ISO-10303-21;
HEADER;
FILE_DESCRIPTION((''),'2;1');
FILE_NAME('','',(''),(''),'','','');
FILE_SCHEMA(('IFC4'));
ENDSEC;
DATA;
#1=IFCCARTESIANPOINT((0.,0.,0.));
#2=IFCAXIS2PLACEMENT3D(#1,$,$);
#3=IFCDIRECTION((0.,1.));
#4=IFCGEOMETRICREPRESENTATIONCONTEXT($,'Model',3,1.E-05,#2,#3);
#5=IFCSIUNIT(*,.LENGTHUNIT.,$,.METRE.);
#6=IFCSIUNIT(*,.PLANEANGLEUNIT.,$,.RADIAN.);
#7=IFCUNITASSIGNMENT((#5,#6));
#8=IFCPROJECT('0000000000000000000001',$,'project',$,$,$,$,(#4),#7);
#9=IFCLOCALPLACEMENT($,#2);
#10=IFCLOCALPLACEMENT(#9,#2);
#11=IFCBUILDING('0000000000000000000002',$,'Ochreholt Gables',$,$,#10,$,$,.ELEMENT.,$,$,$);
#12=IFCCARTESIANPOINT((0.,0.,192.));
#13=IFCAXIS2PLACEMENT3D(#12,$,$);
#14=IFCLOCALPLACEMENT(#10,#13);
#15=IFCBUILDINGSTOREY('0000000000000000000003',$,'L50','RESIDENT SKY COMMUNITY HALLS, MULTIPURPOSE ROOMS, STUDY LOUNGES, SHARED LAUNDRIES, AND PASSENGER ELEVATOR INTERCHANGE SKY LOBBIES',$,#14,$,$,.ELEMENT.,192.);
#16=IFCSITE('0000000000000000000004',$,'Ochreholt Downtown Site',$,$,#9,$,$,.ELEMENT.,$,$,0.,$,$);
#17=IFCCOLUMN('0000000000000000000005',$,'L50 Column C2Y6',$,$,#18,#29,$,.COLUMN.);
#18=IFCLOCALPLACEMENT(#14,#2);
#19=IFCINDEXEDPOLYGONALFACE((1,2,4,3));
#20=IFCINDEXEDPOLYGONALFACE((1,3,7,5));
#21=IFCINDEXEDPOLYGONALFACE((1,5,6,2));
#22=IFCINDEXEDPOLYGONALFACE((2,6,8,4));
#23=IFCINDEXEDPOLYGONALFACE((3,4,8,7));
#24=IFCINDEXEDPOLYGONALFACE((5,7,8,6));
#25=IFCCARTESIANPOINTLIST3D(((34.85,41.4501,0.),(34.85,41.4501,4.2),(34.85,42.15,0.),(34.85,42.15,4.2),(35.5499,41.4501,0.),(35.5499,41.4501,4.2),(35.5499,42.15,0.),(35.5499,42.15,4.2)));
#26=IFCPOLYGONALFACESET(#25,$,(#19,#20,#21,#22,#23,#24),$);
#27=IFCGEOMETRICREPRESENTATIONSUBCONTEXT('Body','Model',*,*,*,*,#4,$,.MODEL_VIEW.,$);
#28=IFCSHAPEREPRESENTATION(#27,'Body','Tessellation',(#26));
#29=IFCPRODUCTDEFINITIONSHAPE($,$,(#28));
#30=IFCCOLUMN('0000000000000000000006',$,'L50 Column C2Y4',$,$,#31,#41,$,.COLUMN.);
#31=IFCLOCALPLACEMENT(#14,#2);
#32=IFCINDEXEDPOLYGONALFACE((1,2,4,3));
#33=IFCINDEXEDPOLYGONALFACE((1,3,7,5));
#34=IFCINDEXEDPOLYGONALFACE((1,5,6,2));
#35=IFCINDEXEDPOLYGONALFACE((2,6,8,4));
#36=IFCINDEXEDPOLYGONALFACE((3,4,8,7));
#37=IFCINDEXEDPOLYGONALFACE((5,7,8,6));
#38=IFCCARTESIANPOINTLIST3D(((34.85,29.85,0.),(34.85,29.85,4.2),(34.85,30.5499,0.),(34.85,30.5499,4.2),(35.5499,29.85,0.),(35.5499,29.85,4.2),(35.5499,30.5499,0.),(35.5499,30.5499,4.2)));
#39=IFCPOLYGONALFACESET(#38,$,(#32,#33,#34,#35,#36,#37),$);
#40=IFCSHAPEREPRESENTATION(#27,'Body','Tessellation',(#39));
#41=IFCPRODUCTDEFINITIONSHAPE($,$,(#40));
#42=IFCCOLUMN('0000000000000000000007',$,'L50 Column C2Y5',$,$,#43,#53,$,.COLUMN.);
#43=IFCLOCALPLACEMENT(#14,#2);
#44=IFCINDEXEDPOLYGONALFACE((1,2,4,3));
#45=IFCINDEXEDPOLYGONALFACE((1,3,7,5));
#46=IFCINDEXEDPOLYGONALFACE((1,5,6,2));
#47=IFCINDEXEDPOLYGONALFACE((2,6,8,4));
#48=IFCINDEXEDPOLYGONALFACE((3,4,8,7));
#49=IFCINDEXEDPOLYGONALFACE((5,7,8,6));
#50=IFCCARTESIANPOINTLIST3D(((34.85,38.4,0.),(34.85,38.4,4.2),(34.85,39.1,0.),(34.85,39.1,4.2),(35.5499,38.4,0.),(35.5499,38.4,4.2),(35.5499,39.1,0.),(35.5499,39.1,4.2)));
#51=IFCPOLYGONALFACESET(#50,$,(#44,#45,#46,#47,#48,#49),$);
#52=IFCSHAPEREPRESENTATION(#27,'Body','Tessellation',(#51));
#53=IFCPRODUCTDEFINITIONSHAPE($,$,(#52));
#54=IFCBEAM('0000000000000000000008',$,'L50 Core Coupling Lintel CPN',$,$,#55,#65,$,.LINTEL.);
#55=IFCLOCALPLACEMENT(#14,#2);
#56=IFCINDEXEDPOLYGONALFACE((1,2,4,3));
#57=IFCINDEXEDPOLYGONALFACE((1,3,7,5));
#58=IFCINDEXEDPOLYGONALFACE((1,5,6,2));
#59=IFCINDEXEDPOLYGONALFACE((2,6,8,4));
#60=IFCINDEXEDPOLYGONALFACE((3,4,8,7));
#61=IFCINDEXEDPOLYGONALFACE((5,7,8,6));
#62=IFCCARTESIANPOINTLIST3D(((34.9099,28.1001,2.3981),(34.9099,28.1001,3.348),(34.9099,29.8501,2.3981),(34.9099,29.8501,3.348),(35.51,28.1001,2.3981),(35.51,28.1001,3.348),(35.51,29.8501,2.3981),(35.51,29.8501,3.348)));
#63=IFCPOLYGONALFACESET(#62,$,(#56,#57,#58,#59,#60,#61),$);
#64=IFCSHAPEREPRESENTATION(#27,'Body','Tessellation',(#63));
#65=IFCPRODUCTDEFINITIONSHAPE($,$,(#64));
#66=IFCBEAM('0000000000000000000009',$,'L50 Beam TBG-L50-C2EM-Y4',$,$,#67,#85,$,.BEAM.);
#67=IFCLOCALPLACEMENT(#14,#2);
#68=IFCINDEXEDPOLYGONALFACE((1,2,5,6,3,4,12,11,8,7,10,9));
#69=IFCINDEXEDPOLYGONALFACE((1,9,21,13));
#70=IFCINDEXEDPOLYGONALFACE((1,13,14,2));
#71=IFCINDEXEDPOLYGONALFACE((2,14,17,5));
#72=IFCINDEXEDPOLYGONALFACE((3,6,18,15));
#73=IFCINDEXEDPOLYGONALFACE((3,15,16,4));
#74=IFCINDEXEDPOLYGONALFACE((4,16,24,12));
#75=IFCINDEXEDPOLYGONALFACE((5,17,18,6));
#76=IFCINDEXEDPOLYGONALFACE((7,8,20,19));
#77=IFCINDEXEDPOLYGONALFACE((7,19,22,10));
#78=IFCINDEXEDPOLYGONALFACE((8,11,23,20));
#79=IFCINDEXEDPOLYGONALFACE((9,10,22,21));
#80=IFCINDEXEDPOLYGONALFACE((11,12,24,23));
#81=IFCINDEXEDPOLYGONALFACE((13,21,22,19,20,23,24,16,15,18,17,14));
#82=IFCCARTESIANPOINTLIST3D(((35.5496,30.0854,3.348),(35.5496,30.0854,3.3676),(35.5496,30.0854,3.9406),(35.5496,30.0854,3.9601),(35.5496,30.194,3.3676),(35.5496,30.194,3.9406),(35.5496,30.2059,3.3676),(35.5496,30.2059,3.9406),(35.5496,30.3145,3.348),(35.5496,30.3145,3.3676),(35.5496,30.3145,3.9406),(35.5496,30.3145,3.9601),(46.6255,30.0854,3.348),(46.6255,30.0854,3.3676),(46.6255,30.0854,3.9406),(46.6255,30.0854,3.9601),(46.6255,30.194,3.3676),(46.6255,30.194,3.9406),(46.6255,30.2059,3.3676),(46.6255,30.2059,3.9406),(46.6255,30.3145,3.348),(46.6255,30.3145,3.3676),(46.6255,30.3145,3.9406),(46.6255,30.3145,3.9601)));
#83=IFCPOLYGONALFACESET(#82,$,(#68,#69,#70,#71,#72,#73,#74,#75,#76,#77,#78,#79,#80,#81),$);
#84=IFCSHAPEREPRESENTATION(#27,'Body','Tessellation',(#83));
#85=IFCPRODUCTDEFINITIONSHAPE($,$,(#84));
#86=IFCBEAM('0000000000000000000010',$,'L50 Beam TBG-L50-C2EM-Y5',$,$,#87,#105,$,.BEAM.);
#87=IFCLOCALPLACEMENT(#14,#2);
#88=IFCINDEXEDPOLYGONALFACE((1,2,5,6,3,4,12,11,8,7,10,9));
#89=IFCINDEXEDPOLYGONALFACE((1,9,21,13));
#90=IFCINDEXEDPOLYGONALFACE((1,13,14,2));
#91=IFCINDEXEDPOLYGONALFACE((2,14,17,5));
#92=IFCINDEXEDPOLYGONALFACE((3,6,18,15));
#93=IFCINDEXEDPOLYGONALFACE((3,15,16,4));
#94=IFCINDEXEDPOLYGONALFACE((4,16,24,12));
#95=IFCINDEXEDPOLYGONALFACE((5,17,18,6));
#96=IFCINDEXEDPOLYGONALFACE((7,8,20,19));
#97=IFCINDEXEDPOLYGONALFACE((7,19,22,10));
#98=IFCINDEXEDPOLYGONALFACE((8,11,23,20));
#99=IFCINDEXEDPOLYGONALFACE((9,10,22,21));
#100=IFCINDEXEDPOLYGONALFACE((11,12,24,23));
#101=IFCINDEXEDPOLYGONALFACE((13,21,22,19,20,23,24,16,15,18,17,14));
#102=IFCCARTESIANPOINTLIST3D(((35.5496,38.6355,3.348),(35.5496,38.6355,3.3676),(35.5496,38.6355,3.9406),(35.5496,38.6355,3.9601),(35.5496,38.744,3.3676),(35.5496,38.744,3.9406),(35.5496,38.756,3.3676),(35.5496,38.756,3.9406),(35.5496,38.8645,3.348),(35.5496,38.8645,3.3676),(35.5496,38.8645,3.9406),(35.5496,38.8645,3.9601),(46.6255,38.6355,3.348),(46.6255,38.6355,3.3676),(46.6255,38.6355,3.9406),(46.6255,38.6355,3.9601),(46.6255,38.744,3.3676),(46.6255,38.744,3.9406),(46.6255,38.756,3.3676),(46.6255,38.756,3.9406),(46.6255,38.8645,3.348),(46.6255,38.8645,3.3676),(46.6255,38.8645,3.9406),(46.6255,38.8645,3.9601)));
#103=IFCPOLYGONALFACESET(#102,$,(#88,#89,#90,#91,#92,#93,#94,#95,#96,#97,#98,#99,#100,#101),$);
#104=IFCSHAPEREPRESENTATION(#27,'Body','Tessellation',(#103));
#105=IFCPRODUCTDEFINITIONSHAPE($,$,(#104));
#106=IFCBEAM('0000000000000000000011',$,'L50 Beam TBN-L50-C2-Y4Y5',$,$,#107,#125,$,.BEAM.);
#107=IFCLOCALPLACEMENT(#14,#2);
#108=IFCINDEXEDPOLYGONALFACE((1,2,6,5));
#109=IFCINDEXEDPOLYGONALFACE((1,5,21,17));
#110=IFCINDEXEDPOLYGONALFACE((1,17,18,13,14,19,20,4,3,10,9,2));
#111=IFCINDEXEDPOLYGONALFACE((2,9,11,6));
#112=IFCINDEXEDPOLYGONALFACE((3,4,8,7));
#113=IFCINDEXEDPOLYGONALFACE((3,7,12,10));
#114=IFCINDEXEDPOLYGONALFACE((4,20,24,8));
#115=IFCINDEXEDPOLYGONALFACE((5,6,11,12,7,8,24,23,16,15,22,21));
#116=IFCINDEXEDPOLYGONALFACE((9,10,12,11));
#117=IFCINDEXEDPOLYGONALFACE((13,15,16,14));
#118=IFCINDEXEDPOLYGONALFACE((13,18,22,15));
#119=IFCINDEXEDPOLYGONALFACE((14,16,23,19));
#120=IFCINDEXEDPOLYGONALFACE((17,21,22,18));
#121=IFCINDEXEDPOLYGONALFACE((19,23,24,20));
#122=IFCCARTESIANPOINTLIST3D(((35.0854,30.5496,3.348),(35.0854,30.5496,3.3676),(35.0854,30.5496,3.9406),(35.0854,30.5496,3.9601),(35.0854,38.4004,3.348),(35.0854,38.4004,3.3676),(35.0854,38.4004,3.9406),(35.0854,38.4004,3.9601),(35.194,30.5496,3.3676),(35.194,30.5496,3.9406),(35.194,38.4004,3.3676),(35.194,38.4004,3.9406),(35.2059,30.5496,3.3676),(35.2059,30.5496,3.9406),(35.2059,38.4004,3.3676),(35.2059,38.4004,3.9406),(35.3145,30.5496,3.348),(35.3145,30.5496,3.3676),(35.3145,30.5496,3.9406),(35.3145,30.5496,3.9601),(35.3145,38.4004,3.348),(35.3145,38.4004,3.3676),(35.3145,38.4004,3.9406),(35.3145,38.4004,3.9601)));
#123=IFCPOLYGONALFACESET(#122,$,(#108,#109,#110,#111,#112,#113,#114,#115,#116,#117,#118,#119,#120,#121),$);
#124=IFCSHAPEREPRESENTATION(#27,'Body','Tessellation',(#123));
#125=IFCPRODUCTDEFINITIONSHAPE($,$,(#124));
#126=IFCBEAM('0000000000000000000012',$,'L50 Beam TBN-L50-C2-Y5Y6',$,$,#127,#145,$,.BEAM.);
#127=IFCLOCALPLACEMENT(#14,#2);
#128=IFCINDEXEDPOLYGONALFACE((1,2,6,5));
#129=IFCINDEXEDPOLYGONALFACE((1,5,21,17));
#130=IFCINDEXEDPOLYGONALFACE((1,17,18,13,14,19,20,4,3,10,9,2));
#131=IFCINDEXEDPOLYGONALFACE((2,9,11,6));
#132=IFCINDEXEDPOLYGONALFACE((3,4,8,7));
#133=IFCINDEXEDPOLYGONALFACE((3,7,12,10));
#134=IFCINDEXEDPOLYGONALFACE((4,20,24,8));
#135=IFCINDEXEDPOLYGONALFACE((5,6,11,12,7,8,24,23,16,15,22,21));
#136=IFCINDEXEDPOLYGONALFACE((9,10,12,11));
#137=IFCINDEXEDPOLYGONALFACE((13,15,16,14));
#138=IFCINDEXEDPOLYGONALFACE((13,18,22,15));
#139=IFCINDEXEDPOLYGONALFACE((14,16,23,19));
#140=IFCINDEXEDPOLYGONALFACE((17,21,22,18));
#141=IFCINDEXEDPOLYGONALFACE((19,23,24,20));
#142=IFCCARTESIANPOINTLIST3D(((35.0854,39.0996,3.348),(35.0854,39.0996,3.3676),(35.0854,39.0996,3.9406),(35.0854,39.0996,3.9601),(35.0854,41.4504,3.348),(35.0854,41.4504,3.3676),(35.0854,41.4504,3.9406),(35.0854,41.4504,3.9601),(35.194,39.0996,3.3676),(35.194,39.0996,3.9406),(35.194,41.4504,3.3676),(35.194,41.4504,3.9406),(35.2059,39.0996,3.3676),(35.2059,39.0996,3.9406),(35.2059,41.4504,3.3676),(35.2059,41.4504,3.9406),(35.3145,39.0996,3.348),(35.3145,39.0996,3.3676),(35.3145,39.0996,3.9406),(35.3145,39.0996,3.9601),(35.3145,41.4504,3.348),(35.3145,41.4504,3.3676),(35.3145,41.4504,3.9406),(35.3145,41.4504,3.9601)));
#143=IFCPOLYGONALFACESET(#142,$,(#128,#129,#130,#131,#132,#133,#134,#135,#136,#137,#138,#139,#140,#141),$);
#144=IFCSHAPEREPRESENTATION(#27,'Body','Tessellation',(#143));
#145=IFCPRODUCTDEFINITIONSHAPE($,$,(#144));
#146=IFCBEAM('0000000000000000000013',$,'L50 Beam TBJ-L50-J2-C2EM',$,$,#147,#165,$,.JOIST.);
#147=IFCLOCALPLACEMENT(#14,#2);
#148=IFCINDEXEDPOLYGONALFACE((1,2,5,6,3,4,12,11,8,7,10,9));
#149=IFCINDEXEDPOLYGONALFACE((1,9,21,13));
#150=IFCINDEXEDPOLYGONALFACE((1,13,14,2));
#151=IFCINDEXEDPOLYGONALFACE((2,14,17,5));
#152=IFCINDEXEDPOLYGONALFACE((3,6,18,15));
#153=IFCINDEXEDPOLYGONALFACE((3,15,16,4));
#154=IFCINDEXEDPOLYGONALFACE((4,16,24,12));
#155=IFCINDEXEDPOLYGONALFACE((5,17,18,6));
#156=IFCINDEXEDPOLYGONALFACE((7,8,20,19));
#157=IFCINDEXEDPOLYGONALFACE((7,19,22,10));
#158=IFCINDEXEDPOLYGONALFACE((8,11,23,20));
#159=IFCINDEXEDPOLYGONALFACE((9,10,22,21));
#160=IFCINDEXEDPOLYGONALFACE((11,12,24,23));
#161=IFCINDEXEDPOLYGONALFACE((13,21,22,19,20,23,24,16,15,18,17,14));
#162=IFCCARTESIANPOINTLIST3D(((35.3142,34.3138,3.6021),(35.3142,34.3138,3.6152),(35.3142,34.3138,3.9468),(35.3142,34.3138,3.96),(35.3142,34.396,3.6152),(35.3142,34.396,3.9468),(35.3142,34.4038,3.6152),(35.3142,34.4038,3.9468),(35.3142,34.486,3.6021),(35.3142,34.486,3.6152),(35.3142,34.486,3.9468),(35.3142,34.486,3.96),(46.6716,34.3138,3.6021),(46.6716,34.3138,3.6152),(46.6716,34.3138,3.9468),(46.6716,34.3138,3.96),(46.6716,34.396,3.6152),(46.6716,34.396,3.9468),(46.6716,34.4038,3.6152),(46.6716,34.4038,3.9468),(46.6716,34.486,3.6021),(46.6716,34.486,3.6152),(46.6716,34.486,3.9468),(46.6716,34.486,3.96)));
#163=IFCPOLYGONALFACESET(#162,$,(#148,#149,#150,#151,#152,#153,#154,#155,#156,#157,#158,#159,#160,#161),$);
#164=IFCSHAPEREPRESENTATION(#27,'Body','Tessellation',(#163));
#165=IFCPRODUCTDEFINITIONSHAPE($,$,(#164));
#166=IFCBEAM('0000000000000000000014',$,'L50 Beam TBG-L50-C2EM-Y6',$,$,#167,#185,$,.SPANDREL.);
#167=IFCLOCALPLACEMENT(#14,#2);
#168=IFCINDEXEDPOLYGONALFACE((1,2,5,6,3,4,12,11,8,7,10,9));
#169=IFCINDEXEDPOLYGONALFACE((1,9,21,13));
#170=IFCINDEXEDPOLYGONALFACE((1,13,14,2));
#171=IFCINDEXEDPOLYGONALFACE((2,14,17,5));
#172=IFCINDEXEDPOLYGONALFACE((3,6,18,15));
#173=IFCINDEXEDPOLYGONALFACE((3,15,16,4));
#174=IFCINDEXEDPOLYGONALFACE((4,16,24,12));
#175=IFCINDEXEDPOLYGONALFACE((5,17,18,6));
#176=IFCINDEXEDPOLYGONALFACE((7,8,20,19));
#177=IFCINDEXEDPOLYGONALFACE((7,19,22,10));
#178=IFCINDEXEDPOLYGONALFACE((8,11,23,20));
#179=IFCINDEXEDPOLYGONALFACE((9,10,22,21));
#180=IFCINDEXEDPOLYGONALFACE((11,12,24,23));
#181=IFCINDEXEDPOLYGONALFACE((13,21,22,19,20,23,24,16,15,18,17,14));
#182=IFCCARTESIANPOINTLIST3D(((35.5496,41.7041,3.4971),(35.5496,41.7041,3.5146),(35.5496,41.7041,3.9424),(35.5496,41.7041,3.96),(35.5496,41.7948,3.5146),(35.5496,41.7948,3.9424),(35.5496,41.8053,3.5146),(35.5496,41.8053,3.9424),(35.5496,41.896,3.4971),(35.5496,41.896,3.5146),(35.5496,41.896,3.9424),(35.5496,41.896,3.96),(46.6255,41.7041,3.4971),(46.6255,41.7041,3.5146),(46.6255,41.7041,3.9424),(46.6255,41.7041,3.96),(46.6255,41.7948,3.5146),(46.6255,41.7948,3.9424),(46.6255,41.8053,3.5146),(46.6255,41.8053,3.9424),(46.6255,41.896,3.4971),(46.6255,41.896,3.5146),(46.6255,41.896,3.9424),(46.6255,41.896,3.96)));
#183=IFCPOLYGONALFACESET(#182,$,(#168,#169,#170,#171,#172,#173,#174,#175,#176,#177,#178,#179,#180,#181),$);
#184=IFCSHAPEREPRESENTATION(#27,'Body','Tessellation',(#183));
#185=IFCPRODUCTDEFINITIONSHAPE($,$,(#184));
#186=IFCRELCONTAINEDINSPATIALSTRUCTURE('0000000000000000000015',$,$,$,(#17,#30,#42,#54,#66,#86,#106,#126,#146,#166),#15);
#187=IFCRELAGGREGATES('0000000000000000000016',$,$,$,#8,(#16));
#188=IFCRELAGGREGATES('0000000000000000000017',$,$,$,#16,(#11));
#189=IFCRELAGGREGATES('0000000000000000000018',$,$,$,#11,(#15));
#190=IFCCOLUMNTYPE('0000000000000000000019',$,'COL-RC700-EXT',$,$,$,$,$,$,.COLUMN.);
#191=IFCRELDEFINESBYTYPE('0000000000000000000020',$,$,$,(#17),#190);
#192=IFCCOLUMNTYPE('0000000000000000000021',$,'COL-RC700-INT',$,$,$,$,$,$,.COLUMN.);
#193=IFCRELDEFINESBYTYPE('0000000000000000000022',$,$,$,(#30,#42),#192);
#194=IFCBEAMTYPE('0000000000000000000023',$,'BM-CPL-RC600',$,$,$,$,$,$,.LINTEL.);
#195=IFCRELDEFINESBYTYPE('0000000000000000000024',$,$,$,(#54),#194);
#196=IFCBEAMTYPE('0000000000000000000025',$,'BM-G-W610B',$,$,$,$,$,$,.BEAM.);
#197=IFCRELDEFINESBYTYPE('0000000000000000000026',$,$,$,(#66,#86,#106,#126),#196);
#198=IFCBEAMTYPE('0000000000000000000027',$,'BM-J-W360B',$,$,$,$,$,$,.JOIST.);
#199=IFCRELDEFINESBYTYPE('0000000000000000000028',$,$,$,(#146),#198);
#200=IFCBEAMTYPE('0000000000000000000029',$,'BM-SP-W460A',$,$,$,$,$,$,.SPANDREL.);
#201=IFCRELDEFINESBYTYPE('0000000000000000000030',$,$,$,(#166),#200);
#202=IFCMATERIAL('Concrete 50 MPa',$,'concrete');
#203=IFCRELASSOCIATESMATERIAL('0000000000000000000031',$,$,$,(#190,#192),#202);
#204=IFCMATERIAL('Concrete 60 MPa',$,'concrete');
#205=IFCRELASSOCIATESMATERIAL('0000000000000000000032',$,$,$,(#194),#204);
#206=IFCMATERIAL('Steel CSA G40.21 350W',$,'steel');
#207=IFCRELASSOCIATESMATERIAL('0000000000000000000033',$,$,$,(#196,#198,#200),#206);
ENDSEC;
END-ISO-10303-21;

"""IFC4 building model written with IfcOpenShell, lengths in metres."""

from ifc_helpers import new_model, si_unit, direction, frame, origin, origin_2d, place, context, subcontext, project, spatial, rectangle, i_section, extrude, material, material_profile, profile_set, type_object, element, save


model = new_model("IFC4")

# Units and contexts
model_context = context("Model", 3, precision=1e-05, world=origin(), true_north=direction((0.0, 1.0)))
body_context = subcontext(model_context, "Body", "Model", "MODEL_VIEW")
ifc_project = project(units=[si_unit("LENGTHUNIT", "METRE"), si_unit("PLANEANGLEUNIT", "RADIAN")], contexts=[model_context])

# Site, building, storey
site_placement = place(None, origin())
site = spatial("IfcSite", under=ifc_project, at=site_placement, Name="Ochreholt Downtown Site", CompositionType="ELEMENT", RefElevation=0.0)
building_placement = place(site_placement, origin())
building = spatial("IfcBuilding", under=site, at=building_placement, Name="Ochreholt Gables", CompositionType="ELEMENT")
storey_placement = place(building_placement, frame((0.0, 0.0, 192.0)))
storey = spatial("IfcBuildingStorey", under=building, at=storey_placement, Name="L50", Description="RESIDENT SKY COMMUNITY HALLS, MULTIPURPOSE ROOMS, STUDY LOUNGES, SHARED LAUNDRIES, AND PASSENGER ELEVATOR INTERCHANGE SKY LOBBIES", CompositionType="ELEMENT", Elevation=192.0)

# Columns
ifc_material_1 = material(Name="Concrete 50 MPa", Category="concrete")
ifc_material_profile_1 = material_profile(ifc_material_1, rectangle(XDim=0.7, YDim=0.7, at=origin_2d()), Name="RC700X700")
ifc_profile_set_1 = profile_set([ifc_material_profile_1], Name="Concrete 50 MPa")
column_type_1 = type_object("IfcColumnType", Name="COL-RC700-EXT", PredefinedType="COLUMN", material=ifc_profile_set_1)
column_placement = place(storey_placement, frame((35.2, 41.8, 0.0), z_axis=(0.0, 0.0, 1.0), x_axis=(1.0, 0.0, 0.0)))
element("IfcColumn", 1, at=column_placement, inside=storey, type_object=column_type_1, Name="L50 Column C2Y6", PredefinedType="COLUMN", context=body_context, shape_type="SweptSolid", body=[
    extrude(rectangle(XDim=0.7, YDim=0.7, at=origin_2d()), origin(), (0.0, 0.0, 1.0), 4.2),
])
ifc_material_profile_2 = material_profile(ifc_material_1, rectangle(XDim=0.7, YDim=0.7, at=origin_2d()), Name="RC700X700")
ifc_profile_set_2 = profile_set([ifc_material_profile_2], Name="Concrete 50 MPa")
column_type_2 = type_object("IfcColumnType", Name="COL-RC700-INT", PredefinedType="COLUMN", material=ifc_profile_set_2)
for number, where, z_axis, x_axis, name in (
    (2, (35.2, 30.2, 0.0), (0.0, 0.0, 1.0), (1.0, 0.0, 0.0), "L50 Column C2Y4"),
    (3, (35.2, 38.75, 0.0), (0.0, 0.0, 1.0), (1.0, 0.0, 0.0), "L50 Column C2Y5"),
):
    element("IfcColumn", number, at=place(storey_placement, frame(where, z_axis=z_axis, x_axis=x_axis)), inside=storey, type_object=column_type_2, Name=name, PredefinedType="COLUMN", context=body_context, shape_type="SweptSolid", body=[
        extrude(rectangle(XDim=0.7, YDim=0.7, at=origin_2d()), origin(), (0.0, 0.0, 1.0), 4.2),
    ])

# Beams
ifc_material_2 = material(Name="Concrete 60 MPa", Category="concrete")
ifc_material_profile_3 = material_profile(ifc_material_2, rectangle(XDim=0.6001, YDim=0.95, at=origin_2d()), Name="RCB600X950")
ifc_profile_set_3 = profile_set([ifc_material_profile_3], Name="Concrete 60 MPa")
beam_type_1 = type_object("IfcBeamType", Name="BM-CPL-RC600", PredefinedType="LINTEL", material=ifc_profile_set_3)
beam_1_placement = place(storey_placement, frame((35.21, 28.1001, 2.873), z_axis=(0.0, 1.0, 0.0), x_axis=(-1.0, 0.0, 0.0)))
element("IfcBeam", 4, at=beam_1_placement, inside=storey, type_object=beam_type_1, Name="L50 Core Coupling Lintel CPN", PredefinedType="LINTEL", context=body_context, shape_type="SweptSolid", body=[
    extrude(rectangle(XDim=0.6001, YDim=0.95, at=origin_2d()), origin(), (0.0, 0.0, 1.0), 1.75),
])
ifc_material_3 = material(Name="Steel CSA G40.21 350W", Category="steel")
ifc_material_profile_4 = material_profile(ifc_material_3, i_section(OverallWidth=0.229, OverallDepth=0.6121, WebThickness=0.012, FlangeThickness=0.0195, at=origin_2d()), Name="W610X125")
ifc_profile_set_4 = profile_set([ifc_material_profile_4], Name="Steel CSA G40.21 350W")
beam_type_2 = type_object("IfcBeamType", Name="BM-G-W610B", PredefinedType="BEAM", material=ifc_profile_set_4)
for number, where, z_axis, x_axis, name in (
    (5, (35.5496, 30.2, 3.6541), (1.0, 0.0, 0.0), (0.0, 1.0, 0.0), "L50 Beam TBG-L50-C2EM-Y4"),
    (6, (35.5496, 38.75, 3.6541), (1.0, 0.0, 0.0), (0.0, 1.0, 0.0), "L50 Beam TBG-L50-C2EM-Y5"),
):
    element("IfcBeam", number, at=place(storey_placement, frame(where, z_axis=z_axis, x_axis=x_axis)), inside=storey, type_object=beam_type_2, Name=name, PredefinedType="BEAM", context=body_context, shape_type="SweptSolid", body=[
        extrude(i_section(OverallWidth=0.229, OverallDepth=0.6121, WebThickness=0.012, FlangeThickness=0.0195, at=origin_2d()), origin(), (0.0, 0.0, 1.0), 11.0759),
    ])
beam_2_placement = place(storey_placement, frame((35.2, 30.5496, 3.6541), z_axis=(0.0, 1.0, 0.0), x_axis=(-1.0, 0.0, 0.0)))
element("IfcBeam", 7, at=beam_2_placement, inside=storey, type_object=beam_type_2, Name="L50 Beam TBN-L50-C2-Y4Y5", PredefinedType="BEAM", context=body_context, shape_type="SweptSolid", body=[
    extrude(i_section(OverallWidth=0.229, OverallDepth=0.6121, WebThickness=0.012, FlangeThickness=0.0195, at=origin_2d()), origin(), (0.0, 0.0, 1.0), 7.8508),
])
beam_3_placement = place(storey_placement, frame((35.2, 39.0996, 3.6541), z_axis=(0.0, 1.0, 0.0), x_axis=(-1.0, 0.0, 0.0)))
element("IfcBeam", 8, at=beam_3_placement, inside=storey, type_object=beam_type_2, Name="L50 Beam TBN-L50-C2-Y5Y6", PredefinedType="BEAM", context=body_context, shape_type="SweptSolid", body=[
    extrude(i_section(OverallWidth=0.229, OverallDepth=0.6121, WebThickness=0.012, FlangeThickness=0.0195, at=origin_2d()), origin(), (0.0, 0.0, 1.0), 2.3508),
])
ifc_material_profile_5 = material_profile(ifc_material_3, i_section(OverallWidth=0.1721, OverallDepth=0.3579, WebThickness=0.0078, FlangeThickness=0.0132, at=origin_2d()), Name="W360X57")
ifc_profile_set_5 = profile_set([ifc_material_profile_5], Name="Steel CSA G40.21 350W")
beam_type_3 = type_object("IfcBeamType", Name="BM-J-W360B", PredefinedType="JOIST", material=ifc_profile_set_5)
beam_4_placement = place(storey_placement, frame((35.3142, 34.3999, 3.781), z_axis=(1.0, 0.0, 0.0), x_axis=(0.0, 1.0, 0.0)))
element("IfcBeam", 9, at=beam_4_placement, inside=storey, type_object=beam_type_3, Name="L50 Beam TBJ-L50-J2-C2EM", PredefinedType="JOIST", context=body_context, shape_type="SweptSolid", body=[
    extrude(i_section(OverallWidth=0.1721, OverallDepth=0.3579, WebThickness=0.0078, FlangeThickness=0.0132, at=origin_2d()), origin(), (0.0, 0.0, 1.0), 11.3574),
])
ifc_material_profile_6 = material_profile(ifc_material_3, i_section(OverallWidth=0.1919, OverallDepth=0.4629, WebThickness=0.0105, FlangeThickness=0.0176, at=origin_2d()), Name="W460X89")
ifc_profile_set_6 = profile_set([ifc_material_profile_6], Name="Steel CSA G40.21 350W")
beam_type_4 = type_object("IfcBeamType", Name="BM-SP-W460A", PredefinedType="SPANDREL", material=ifc_profile_set_6)
beam_5_placement = place(storey_placement, frame((35.5496, 41.8, 3.7285), z_axis=(1.0, 0.0, 0.0), x_axis=(0.0, 1.0, 0.0)))
element("IfcBeam", 10, at=beam_5_placement, inside=storey, type_object=beam_type_4, Name="L50 Beam TBG-L50-C2EM-Y6", PredefinedType="SPANDREL", context=body_context, shape_type="SweptSolid", body=[
    extrude(i_section(OverallWidth=0.1919, OverallDepth=0.4629, WebThickness=0.0105, FlangeThickness=0.0176, at=origin_2d()), origin(), (0.0, 0.0, 1.0), 11.0759),
])

save(model, "model.ifc")
